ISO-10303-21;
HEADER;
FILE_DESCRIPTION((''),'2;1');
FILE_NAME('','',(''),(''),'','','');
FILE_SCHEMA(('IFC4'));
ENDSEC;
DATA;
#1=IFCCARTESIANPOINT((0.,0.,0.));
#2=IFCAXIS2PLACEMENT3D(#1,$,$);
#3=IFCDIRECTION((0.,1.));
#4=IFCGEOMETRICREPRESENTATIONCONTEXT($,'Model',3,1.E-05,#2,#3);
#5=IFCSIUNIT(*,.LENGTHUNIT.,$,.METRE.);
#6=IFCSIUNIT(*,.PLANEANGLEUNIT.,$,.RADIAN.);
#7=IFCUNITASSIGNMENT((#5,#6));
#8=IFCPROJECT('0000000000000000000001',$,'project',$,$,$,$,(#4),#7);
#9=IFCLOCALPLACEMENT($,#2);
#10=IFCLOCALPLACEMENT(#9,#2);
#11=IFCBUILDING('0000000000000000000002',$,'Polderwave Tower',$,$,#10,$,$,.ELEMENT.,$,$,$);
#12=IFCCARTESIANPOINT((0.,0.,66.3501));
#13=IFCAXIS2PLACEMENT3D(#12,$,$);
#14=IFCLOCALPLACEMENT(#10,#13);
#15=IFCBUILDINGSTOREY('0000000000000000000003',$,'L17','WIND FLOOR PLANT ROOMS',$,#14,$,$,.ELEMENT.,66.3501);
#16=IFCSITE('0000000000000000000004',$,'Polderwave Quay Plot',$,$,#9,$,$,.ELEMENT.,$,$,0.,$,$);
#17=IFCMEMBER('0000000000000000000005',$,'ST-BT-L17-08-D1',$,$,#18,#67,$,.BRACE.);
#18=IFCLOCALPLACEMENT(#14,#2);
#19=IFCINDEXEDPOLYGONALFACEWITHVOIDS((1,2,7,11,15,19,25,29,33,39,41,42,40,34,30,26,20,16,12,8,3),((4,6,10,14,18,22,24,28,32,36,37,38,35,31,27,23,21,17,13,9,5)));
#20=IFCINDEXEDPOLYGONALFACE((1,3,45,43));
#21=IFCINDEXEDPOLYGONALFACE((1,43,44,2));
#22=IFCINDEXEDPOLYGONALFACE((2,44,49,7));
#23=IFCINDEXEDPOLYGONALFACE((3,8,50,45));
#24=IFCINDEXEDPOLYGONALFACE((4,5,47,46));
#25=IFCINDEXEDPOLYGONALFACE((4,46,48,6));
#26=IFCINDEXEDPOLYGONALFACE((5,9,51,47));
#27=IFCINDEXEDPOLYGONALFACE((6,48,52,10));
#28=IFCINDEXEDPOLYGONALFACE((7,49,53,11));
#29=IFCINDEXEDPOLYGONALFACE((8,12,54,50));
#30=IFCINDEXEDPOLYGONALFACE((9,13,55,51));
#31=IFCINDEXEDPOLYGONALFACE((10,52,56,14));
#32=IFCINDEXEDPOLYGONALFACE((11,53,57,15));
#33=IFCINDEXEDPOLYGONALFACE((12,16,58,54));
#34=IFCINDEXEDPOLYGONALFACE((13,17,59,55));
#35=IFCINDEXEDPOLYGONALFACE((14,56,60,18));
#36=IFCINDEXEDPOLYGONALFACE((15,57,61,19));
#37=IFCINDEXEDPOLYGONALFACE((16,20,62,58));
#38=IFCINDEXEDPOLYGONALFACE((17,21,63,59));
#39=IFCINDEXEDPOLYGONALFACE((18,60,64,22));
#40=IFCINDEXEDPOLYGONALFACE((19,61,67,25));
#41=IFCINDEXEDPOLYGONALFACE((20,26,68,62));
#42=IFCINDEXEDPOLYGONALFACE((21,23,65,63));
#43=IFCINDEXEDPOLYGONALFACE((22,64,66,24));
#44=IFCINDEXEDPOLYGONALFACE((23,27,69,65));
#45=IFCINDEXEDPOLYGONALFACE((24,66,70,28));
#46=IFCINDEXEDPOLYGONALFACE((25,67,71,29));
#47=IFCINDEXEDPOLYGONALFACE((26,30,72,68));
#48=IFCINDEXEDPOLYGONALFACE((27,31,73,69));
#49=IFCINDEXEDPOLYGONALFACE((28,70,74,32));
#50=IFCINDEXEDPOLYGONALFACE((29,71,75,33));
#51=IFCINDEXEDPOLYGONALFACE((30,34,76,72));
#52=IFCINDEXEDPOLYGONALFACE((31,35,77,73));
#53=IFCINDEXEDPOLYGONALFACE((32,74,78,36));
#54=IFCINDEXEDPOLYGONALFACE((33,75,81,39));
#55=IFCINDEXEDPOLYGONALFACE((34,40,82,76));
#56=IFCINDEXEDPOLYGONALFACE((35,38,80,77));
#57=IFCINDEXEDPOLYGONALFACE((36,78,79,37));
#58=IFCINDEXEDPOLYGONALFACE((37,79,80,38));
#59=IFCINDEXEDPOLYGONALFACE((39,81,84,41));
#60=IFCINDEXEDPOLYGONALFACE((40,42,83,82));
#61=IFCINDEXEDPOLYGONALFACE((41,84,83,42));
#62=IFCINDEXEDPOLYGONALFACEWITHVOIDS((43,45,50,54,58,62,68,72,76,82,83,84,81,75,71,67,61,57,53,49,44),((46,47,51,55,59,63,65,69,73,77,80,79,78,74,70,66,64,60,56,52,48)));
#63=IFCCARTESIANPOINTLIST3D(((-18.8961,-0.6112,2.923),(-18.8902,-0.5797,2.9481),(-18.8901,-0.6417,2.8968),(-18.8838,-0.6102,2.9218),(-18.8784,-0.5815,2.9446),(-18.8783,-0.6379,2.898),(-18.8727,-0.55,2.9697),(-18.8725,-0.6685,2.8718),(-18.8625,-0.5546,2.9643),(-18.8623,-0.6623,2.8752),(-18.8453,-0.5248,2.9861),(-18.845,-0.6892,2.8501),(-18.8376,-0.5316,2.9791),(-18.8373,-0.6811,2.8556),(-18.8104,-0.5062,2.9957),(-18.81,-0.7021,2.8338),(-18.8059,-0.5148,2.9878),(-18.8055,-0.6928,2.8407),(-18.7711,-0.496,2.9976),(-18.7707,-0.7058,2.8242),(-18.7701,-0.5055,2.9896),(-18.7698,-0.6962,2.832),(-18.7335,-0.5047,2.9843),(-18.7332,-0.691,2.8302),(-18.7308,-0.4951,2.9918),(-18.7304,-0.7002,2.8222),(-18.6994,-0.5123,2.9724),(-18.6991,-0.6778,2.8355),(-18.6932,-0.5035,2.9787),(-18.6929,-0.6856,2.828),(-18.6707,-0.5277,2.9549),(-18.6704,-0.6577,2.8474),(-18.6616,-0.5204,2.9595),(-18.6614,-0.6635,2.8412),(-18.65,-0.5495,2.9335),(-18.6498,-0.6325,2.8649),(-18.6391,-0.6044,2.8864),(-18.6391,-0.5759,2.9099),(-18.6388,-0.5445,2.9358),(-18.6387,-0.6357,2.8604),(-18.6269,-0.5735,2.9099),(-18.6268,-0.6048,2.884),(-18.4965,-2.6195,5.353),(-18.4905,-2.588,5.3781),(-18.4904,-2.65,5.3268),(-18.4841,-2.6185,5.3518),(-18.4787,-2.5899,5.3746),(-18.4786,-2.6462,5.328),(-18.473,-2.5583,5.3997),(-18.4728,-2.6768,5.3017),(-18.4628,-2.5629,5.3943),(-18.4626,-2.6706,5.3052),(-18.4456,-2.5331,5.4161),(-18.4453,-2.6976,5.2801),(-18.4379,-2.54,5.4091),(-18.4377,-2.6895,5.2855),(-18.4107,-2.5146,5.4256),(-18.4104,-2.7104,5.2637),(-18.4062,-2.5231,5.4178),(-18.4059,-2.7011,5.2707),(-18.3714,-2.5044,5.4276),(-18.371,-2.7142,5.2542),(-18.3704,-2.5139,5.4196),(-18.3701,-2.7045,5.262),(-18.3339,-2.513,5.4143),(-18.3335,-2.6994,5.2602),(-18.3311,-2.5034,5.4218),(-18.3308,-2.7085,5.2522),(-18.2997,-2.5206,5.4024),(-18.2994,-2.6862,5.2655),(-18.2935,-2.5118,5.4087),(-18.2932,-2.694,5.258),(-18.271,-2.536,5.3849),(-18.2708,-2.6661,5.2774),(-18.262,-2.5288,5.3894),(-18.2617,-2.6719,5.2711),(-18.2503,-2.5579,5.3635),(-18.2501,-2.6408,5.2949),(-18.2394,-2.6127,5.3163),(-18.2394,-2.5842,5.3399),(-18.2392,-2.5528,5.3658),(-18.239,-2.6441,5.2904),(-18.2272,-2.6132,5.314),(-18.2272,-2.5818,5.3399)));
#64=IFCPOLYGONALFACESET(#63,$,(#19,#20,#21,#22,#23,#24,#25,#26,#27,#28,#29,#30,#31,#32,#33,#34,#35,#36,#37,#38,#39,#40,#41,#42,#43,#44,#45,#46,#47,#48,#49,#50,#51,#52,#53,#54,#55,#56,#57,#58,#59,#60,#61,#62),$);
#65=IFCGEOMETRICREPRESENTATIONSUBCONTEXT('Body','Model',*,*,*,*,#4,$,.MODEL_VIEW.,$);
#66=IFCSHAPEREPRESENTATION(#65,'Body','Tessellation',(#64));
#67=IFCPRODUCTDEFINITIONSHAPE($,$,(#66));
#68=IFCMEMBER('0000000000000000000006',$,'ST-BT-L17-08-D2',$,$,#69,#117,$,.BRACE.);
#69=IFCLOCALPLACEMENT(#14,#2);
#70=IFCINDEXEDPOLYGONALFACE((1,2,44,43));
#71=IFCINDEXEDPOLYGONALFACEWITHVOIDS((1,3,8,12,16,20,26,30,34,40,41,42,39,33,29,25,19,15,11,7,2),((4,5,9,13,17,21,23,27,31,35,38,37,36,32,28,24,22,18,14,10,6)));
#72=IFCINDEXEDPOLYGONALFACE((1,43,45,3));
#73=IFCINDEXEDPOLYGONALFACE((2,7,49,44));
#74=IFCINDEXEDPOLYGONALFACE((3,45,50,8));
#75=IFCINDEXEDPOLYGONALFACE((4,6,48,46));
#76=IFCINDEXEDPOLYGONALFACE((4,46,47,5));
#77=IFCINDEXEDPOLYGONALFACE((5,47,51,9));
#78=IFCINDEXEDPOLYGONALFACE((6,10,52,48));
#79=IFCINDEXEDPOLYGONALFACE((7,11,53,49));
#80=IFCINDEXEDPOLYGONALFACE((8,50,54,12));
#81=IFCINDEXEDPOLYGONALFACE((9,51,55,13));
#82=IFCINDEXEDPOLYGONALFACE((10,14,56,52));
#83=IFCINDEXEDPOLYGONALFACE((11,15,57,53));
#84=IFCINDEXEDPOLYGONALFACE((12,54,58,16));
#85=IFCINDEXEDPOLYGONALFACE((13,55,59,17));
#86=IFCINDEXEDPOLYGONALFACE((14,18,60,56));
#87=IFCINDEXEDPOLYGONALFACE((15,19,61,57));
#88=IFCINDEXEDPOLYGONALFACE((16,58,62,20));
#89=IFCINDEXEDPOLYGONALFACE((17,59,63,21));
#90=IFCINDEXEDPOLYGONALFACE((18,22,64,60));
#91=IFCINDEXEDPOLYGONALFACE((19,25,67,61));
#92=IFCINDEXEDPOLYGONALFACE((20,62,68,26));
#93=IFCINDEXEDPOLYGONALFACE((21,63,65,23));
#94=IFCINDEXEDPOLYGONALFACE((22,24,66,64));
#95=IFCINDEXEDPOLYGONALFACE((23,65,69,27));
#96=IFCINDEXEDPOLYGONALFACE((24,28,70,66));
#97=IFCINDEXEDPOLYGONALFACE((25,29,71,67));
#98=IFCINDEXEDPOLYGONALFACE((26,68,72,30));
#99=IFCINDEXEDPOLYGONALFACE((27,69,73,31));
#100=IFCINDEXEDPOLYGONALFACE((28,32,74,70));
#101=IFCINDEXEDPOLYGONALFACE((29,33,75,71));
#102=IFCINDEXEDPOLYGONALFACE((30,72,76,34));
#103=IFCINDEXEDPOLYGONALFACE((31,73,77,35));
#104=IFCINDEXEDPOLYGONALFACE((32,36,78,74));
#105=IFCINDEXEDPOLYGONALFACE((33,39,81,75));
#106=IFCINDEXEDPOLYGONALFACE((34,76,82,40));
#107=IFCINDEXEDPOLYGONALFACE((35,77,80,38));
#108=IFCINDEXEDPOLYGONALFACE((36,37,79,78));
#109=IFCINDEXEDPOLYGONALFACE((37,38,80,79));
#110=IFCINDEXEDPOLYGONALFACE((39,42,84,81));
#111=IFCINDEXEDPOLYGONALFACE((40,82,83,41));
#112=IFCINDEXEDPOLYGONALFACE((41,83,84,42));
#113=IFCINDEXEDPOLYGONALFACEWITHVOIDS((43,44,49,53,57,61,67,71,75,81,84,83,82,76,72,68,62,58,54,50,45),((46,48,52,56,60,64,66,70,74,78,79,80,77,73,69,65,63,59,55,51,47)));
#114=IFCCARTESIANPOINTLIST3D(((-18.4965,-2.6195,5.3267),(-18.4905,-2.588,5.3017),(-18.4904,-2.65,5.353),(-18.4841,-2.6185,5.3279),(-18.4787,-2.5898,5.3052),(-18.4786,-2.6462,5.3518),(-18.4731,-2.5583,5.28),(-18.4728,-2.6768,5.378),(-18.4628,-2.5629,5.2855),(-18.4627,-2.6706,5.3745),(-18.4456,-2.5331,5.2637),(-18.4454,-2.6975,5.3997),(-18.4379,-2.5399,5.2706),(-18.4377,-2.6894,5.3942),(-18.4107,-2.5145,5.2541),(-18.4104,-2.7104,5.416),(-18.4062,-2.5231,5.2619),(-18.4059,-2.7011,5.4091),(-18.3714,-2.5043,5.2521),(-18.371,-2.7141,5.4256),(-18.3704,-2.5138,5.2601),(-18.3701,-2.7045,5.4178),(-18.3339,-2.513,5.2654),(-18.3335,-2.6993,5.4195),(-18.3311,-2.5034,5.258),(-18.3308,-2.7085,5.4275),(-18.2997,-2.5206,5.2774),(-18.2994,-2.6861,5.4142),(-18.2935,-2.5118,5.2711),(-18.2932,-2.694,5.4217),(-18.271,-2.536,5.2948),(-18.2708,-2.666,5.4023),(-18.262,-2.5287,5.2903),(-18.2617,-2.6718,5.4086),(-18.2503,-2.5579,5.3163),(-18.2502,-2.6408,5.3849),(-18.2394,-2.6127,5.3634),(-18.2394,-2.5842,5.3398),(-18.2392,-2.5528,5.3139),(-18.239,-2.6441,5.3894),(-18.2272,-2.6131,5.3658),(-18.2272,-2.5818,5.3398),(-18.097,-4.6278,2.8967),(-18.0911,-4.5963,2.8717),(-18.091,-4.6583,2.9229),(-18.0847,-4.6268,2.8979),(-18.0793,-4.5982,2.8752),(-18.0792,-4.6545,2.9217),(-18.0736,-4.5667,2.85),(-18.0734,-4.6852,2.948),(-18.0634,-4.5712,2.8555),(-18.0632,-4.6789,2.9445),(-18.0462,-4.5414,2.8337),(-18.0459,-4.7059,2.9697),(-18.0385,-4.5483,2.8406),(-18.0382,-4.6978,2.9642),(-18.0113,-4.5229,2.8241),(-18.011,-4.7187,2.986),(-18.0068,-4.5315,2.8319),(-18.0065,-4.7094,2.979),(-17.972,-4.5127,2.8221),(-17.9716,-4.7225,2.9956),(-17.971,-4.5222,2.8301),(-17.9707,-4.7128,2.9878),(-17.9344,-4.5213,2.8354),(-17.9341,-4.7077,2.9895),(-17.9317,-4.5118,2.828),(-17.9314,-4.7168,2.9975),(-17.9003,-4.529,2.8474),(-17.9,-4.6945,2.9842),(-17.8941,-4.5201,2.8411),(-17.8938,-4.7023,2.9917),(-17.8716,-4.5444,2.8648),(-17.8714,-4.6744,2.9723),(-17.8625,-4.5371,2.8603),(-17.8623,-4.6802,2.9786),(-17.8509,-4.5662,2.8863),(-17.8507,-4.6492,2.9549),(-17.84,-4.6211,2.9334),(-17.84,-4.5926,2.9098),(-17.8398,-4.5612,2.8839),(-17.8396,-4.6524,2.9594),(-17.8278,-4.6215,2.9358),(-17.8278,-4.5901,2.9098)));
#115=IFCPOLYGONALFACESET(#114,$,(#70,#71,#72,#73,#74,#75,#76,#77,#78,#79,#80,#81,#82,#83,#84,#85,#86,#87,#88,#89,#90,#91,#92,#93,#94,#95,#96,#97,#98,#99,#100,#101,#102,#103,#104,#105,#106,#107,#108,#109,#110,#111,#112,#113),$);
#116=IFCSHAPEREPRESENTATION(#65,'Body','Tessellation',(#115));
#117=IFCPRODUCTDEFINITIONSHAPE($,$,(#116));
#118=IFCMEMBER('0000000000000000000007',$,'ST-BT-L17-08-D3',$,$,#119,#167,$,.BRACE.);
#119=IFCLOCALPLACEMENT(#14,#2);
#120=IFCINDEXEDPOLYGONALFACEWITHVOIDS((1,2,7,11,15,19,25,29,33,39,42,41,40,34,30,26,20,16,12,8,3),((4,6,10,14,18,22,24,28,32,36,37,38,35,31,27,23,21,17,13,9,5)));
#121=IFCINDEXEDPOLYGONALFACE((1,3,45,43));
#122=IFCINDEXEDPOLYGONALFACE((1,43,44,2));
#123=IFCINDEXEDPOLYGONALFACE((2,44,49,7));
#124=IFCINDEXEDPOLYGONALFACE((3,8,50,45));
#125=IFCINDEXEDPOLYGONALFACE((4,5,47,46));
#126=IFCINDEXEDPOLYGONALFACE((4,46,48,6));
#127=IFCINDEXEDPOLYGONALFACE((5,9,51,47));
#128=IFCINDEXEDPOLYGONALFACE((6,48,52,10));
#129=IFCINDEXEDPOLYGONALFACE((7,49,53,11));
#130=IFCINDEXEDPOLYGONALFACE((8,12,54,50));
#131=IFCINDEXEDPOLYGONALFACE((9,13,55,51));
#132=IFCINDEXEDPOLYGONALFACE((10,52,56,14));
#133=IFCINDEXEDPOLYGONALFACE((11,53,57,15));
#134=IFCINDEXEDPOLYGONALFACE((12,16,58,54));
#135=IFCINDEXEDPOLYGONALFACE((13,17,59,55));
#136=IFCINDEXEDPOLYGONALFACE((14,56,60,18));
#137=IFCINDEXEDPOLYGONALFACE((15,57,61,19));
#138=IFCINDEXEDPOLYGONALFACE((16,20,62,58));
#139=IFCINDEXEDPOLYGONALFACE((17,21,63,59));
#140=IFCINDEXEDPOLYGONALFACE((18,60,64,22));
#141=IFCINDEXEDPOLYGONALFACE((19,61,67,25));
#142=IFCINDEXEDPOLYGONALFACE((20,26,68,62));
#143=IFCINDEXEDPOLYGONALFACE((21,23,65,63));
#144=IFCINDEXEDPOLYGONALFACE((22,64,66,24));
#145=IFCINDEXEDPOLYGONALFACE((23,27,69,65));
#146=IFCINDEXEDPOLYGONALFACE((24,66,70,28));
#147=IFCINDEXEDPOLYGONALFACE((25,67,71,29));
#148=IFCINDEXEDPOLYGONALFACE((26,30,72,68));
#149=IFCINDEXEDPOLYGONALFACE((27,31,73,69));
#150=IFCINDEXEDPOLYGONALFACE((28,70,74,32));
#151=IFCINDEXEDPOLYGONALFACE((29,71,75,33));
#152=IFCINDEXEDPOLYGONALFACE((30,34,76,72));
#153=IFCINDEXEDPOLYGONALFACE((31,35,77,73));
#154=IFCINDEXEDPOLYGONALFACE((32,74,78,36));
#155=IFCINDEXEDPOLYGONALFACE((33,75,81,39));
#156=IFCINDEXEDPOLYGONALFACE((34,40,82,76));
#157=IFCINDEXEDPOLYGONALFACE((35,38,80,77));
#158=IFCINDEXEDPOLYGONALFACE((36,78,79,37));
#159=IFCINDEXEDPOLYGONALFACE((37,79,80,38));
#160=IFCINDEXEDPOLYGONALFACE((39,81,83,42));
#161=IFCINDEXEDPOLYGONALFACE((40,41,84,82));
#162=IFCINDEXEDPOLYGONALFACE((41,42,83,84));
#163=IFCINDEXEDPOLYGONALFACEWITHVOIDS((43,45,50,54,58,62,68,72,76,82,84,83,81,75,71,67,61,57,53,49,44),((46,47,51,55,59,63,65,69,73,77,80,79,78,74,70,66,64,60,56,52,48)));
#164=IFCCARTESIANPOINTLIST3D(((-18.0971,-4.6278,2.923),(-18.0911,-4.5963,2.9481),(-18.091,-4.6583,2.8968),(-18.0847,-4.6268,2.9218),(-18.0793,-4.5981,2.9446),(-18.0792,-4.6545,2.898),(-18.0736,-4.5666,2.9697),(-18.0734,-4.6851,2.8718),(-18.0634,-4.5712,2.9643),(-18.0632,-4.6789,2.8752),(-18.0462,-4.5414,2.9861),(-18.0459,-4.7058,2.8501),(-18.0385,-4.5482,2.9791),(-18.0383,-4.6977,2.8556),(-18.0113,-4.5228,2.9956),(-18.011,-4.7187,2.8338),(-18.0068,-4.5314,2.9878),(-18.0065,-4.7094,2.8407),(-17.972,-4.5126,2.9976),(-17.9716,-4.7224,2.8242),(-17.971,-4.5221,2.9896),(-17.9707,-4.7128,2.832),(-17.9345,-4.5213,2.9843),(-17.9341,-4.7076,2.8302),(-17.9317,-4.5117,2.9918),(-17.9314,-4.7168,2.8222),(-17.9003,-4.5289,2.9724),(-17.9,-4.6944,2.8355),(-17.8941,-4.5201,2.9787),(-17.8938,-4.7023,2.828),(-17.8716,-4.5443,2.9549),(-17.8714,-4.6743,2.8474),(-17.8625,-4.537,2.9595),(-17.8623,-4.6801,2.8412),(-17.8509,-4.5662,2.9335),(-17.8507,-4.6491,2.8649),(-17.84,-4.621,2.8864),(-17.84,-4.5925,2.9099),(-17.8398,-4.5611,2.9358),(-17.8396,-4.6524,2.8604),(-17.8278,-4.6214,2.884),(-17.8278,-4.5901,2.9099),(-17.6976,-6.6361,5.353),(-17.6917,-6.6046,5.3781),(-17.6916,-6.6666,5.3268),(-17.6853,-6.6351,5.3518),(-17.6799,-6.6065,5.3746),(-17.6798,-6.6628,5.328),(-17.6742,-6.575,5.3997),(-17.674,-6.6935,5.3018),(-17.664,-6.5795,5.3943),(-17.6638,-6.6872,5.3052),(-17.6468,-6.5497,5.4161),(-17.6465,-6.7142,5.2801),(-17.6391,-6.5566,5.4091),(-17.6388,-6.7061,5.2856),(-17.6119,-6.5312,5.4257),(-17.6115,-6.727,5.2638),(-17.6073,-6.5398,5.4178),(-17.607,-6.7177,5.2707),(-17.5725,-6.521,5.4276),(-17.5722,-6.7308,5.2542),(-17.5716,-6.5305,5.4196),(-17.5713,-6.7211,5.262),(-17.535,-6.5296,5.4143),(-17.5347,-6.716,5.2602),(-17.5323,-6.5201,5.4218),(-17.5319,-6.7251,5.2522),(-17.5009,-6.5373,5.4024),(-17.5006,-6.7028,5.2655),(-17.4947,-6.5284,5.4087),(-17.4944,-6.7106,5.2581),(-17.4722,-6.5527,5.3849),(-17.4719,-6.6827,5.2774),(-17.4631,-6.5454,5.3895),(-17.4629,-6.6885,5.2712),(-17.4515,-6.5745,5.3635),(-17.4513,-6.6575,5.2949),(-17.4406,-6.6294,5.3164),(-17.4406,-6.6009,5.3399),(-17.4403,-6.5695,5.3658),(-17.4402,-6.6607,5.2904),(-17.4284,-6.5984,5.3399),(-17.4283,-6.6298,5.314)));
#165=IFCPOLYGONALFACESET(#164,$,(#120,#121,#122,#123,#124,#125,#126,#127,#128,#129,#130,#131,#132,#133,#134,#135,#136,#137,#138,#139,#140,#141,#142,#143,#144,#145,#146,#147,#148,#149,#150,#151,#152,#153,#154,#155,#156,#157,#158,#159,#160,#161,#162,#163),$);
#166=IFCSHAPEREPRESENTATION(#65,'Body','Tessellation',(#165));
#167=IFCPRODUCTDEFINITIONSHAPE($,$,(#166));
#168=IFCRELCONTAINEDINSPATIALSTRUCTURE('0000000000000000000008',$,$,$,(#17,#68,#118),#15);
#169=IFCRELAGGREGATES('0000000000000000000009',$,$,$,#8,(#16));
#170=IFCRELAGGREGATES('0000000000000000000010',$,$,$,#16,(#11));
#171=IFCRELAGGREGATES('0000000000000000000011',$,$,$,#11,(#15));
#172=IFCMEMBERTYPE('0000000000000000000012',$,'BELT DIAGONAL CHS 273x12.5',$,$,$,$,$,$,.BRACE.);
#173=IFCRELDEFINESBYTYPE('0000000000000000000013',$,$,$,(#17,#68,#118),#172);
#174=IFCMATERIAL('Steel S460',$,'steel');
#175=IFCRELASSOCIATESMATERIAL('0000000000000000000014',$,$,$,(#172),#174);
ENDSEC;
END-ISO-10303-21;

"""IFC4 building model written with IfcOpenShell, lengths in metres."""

from ifc_helpers import new_model, si_unit, direction, frame, origin, origin_2d, place, context, subcontext, project, spatial, hollow_circle, extrude, material, material_profile, profile_set, type_object, element, save


model = new_model("IFC4")

# Units and contexts
model_context = context("Model", 3, precision=1e-05, world=origin(), true_north=direction((0.0, 1.0)))
body_context = subcontext(model_context, "Body", "Model", "MODEL_VIEW")
ifc_project = project(units=[si_unit("LENGTHUNIT", "METRE"), si_unit("PLANEANGLEUNIT", "RADIAN")], contexts=[model_context])

# Site, building, storey
site_placement = place(None, origin())
site = spatial("IfcSite", under=ifc_project, at=site_placement, Name="Polderwave Quay Plot", CompositionType="ELEMENT", RefElevation=0.0)
building_placement = place(site_placement, origin())
building = spatial("IfcBuilding", under=site, at=building_placement, Name="Polderwave Tower", CompositionType="ELEMENT")
storey_placement = place(building_placement, frame((0.0, 0.0, 66.3501)))
storey = spatial("IfcBuildingStorey", under=building, at=storey_placement, Name="L17", Description="WIND FLOOR PLANT ROOMS", CompositionType="ELEMENT", Elevation=66.3501)

# Members
ifc_material_1 = material(Name="Steel S460", Category="steel")
ifc_material_profile_1 = material_profile(ifc_material_1, hollow_circle(Radius=0.1365, WallThickness=0.0125, at=origin_2d()), Name="CHS 273x12.5")
ifc_profile_set_1 = profile_set([ifc_material_profile_1], Name="Steel S460")
member_type_1 = type_object("IfcMemberType", Name="BELT DIAGONAL CHS 273x12.5", PredefinedType="BRACE", material=ifc_profile_set_1)
for number, where, z_axis, x_axis, name in (
    (1, (-18.7607, -0.6001, 2.9099), (0.125771, -0.632005, 0.764691), (0.980768, 0.195176, 0.0), "ST-BT-L17-08-D1"),
    (2, (-18.3611, -2.6084, 5.3398), (0.125695, -0.632011, -0.764698), (0.980791, 0.195061, 0.0), "ST-BT-L17-08-D2"),
    (3, (-17.9617, -4.6167, 2.9099), (0.125695, -0.632011, 0.764698), (0.980791, 0.195061, 0.0), "ST-BT-L17-08-D3"),
):
    element("IfcMember", number, at=place(storey_placement, frame(where, z_axis=z_axis, x_axis=x_axis)), inside=storey, type_object=member_type_1, Name=name, PredefinedType="BRACE", context=body_context, shape_type="SweptSolid", body=[
        extrude(hollow_circle(Radius=0.1365, WallThickness=0.0125, at=origin_2d()), origin(), (0.0, 0.0, 1.0), 3.1777),
    ])

save(model, "model.ifc")
